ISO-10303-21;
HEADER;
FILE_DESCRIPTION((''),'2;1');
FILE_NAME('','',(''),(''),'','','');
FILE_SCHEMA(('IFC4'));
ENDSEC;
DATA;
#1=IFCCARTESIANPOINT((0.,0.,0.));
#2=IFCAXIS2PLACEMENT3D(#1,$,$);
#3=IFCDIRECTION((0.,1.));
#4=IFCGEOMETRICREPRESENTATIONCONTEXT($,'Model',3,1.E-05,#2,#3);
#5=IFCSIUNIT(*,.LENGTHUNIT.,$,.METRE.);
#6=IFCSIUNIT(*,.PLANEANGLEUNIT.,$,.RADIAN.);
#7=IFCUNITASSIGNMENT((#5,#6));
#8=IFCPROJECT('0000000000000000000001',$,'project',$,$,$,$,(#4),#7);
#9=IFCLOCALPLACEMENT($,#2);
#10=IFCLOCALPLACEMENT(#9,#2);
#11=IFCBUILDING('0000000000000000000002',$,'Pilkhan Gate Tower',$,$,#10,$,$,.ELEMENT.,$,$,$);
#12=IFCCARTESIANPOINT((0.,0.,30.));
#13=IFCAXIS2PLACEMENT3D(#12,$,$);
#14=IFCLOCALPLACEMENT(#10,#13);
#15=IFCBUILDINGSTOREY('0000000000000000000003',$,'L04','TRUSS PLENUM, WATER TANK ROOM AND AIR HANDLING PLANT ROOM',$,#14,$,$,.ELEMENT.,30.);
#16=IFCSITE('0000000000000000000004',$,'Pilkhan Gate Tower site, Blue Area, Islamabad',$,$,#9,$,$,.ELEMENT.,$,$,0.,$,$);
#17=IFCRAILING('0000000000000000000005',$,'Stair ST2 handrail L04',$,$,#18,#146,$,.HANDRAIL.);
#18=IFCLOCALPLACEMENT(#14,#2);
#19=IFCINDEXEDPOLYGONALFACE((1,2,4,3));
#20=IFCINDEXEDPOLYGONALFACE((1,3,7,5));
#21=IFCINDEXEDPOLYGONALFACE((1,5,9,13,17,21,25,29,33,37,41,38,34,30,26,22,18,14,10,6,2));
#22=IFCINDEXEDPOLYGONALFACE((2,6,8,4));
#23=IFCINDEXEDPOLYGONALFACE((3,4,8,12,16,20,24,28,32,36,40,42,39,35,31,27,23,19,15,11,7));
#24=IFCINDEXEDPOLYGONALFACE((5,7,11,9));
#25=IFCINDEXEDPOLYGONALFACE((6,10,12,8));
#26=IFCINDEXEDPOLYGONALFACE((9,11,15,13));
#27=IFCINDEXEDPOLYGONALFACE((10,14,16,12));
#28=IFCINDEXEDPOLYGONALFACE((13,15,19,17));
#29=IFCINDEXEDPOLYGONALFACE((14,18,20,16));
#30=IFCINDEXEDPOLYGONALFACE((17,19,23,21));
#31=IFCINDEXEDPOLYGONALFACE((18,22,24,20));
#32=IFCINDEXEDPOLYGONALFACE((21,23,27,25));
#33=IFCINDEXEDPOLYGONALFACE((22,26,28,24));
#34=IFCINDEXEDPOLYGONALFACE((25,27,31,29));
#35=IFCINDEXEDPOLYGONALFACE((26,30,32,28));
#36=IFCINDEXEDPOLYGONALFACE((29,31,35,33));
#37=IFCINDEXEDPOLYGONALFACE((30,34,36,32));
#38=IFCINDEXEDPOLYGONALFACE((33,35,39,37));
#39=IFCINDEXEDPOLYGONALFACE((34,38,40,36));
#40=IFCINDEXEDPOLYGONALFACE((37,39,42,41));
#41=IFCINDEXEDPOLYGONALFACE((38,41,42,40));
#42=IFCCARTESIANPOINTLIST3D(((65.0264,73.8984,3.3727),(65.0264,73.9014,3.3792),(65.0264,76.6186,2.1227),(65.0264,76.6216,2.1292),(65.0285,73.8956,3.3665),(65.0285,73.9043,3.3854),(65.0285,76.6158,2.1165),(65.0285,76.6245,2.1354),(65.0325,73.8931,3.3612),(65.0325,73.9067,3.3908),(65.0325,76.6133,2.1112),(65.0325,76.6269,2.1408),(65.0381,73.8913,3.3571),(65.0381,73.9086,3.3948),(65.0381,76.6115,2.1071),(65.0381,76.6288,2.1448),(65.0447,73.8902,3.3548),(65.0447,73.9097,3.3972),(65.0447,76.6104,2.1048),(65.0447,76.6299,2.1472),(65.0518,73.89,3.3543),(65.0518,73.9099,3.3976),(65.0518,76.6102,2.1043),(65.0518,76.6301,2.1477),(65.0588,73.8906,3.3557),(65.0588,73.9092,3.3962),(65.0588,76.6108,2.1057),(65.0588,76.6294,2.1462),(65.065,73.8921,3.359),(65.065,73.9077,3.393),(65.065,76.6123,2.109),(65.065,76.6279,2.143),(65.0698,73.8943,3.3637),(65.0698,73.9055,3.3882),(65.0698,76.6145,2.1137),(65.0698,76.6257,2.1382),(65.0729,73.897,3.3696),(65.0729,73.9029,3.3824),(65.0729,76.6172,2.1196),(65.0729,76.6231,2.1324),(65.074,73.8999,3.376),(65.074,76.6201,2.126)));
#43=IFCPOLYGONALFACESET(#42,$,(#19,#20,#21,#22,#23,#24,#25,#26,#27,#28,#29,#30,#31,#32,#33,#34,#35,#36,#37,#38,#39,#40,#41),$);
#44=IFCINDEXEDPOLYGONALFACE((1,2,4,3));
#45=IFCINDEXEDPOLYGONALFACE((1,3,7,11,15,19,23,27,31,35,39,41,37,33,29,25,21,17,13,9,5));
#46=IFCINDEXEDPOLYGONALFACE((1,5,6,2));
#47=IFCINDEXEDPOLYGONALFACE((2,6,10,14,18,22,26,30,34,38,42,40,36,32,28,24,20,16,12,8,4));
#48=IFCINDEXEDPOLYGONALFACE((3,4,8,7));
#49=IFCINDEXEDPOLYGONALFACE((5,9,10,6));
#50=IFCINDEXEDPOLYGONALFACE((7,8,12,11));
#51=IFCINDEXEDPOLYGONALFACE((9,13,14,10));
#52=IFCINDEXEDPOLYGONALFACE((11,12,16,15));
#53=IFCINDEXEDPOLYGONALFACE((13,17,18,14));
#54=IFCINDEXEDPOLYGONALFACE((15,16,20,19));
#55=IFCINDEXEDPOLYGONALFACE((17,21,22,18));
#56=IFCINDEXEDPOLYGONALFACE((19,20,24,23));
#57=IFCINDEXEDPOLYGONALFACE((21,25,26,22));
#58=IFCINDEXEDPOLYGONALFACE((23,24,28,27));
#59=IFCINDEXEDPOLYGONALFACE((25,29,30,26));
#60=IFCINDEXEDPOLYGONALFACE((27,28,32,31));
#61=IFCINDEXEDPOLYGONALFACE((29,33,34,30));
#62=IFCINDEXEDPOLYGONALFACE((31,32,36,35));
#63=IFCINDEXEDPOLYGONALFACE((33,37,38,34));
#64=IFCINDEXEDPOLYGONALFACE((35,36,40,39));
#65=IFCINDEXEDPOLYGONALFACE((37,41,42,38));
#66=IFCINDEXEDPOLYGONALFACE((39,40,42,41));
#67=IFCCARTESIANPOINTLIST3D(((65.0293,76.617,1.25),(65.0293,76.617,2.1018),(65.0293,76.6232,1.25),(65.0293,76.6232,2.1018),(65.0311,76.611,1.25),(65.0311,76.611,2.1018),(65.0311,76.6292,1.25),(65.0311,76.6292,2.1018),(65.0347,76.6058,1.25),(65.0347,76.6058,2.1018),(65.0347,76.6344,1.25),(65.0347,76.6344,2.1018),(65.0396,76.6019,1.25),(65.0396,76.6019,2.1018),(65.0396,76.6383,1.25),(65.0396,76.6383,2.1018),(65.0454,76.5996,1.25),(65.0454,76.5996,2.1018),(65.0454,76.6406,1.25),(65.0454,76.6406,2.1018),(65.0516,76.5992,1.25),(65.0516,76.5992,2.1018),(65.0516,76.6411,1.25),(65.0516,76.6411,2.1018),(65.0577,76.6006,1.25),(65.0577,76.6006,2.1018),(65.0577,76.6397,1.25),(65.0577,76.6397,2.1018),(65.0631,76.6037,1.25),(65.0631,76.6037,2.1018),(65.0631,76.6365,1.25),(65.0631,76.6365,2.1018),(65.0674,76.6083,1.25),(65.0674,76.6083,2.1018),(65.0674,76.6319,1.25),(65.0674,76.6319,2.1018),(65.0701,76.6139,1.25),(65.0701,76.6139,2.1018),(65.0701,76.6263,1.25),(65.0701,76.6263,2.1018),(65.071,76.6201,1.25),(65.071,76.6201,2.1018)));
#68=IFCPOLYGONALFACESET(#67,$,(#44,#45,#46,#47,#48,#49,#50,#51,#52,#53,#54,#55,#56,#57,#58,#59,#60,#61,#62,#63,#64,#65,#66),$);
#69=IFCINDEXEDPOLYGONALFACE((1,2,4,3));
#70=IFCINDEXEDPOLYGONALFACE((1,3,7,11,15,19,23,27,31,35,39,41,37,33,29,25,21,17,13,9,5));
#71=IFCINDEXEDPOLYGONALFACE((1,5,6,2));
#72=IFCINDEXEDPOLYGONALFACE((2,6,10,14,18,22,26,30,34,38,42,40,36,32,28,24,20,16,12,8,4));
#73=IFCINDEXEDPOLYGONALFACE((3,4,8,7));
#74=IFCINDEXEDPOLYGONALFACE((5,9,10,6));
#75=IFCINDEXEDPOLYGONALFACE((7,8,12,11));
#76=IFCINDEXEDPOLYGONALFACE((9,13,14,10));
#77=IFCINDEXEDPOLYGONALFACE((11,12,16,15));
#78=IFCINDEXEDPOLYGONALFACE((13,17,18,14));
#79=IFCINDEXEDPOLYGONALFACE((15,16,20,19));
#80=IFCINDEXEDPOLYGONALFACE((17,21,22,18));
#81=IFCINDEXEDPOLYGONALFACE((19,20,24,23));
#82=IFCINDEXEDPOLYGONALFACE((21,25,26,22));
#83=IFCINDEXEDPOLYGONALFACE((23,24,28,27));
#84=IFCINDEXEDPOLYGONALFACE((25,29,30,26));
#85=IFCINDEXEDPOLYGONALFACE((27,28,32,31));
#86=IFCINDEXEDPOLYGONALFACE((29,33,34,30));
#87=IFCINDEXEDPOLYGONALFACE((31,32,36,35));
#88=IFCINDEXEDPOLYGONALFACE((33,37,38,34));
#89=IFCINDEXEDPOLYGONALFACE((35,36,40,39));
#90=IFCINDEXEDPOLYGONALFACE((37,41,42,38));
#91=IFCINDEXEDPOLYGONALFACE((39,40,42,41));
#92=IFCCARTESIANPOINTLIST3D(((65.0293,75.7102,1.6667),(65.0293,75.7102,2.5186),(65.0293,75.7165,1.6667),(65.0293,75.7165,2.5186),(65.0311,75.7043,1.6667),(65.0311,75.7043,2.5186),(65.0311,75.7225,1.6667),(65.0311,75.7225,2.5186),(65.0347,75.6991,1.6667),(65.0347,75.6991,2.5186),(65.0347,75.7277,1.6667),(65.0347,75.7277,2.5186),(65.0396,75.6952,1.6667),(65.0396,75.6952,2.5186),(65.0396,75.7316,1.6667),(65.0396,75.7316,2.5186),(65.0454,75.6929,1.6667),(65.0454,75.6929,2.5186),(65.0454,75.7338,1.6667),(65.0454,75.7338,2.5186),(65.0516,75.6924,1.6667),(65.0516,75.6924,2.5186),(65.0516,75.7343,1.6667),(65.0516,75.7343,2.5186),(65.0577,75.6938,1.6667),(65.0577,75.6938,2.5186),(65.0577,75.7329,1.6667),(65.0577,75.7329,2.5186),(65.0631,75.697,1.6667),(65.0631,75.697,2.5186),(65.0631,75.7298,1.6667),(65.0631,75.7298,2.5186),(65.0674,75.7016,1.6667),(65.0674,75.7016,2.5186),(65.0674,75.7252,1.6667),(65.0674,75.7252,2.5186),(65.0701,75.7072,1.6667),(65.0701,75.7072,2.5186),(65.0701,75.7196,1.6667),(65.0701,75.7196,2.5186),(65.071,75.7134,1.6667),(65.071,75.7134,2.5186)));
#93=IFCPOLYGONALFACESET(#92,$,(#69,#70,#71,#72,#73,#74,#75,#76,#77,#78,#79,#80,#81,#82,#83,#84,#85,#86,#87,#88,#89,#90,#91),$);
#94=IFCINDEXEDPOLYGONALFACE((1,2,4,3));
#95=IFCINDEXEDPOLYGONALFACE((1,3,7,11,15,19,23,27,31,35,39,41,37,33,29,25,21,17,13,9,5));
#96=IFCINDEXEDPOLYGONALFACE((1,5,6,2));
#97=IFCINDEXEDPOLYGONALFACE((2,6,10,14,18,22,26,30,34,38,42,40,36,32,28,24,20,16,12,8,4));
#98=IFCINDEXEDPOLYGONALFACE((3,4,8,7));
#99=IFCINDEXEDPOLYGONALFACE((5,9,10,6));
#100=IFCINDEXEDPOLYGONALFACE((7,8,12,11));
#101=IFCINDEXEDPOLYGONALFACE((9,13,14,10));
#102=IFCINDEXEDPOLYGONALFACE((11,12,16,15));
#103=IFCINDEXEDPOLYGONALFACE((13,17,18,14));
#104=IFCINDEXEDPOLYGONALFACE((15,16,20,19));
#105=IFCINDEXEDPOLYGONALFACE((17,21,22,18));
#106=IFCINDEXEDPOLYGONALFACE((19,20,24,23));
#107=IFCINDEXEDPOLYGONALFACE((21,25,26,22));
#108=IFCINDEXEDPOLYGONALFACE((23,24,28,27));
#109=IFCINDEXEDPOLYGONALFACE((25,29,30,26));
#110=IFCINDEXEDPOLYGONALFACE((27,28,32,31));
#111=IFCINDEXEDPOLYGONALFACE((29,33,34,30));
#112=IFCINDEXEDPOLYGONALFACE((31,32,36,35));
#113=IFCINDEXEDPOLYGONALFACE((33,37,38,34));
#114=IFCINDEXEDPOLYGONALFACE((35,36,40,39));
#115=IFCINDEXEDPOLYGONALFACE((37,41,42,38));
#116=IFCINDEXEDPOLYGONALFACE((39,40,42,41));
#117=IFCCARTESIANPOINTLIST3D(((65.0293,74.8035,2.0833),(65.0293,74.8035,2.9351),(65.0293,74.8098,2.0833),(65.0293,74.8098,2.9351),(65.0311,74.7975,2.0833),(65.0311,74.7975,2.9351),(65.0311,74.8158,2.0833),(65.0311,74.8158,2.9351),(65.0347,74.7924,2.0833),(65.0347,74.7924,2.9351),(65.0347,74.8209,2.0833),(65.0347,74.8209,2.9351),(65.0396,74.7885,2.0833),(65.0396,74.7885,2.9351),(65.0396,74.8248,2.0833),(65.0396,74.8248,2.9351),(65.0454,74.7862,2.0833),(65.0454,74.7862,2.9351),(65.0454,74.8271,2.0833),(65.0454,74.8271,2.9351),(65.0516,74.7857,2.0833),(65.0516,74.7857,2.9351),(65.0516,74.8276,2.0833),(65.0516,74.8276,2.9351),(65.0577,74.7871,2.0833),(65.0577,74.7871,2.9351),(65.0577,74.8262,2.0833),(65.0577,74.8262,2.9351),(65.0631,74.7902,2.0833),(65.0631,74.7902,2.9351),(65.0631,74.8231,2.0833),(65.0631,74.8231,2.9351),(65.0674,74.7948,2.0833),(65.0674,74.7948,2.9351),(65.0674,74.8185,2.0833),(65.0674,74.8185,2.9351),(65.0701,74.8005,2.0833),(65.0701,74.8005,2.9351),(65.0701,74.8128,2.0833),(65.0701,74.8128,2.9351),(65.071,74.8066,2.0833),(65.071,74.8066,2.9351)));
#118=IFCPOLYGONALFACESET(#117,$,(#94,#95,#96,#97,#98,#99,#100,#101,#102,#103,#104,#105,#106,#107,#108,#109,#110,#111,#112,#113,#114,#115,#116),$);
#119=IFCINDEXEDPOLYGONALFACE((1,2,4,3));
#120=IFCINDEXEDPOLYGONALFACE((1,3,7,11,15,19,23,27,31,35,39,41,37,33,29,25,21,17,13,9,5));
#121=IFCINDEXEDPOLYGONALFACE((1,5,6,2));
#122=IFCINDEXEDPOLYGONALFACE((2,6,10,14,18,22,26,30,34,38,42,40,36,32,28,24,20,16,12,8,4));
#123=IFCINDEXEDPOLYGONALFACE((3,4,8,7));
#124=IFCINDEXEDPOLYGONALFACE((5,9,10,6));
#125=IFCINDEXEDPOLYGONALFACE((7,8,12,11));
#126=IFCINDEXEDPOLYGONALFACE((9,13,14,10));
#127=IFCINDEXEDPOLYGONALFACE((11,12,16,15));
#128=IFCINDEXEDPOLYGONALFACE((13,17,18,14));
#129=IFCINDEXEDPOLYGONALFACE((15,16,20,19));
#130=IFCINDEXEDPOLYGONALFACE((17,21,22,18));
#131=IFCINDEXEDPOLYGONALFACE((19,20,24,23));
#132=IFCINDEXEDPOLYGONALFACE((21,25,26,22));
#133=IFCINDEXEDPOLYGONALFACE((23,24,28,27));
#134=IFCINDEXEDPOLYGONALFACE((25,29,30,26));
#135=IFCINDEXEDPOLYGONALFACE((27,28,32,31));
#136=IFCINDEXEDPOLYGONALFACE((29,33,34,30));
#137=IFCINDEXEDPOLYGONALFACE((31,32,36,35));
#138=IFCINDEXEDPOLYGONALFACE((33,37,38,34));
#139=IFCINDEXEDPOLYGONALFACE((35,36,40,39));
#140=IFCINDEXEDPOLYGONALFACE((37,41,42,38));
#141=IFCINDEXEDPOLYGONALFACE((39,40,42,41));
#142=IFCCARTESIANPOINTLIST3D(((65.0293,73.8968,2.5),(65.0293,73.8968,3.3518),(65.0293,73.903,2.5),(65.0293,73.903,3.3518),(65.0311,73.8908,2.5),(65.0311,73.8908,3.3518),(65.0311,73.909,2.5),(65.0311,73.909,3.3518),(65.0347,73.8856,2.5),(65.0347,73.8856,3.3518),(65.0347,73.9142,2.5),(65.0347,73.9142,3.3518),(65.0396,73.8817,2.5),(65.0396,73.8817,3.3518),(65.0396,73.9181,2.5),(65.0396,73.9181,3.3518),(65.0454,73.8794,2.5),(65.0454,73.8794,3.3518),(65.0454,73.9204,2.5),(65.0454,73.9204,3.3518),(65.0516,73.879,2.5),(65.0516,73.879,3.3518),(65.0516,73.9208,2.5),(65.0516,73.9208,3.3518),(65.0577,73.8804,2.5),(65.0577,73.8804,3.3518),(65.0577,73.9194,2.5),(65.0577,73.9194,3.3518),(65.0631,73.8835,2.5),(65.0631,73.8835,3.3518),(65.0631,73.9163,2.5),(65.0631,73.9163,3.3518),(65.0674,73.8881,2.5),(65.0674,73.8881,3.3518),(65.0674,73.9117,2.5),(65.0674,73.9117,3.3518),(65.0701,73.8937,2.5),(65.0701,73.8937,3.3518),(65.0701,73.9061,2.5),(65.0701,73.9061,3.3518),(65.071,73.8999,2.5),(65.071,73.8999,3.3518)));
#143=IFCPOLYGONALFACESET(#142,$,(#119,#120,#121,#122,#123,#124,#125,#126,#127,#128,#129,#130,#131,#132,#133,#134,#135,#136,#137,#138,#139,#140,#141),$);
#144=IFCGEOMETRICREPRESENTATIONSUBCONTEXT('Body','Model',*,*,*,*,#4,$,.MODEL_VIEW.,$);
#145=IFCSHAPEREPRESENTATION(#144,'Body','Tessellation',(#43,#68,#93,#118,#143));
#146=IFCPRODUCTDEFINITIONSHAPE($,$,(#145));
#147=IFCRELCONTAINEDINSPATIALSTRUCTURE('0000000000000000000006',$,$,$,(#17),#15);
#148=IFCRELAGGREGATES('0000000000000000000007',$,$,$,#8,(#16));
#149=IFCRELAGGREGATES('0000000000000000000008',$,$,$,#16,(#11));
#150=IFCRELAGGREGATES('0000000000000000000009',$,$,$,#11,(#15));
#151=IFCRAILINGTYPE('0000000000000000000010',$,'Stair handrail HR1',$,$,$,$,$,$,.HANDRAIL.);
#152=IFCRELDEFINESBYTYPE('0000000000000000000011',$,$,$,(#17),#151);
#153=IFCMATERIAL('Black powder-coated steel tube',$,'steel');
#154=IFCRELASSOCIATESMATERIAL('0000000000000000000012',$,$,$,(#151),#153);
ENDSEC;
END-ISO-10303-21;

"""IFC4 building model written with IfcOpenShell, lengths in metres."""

from ifc_helpers import new_model, si_unit, direction, frame, origin, origin_2d, place, context, subcontext, project, spatial, circle, extrude, material, type_object, element, save


model = new_model("IFC4")

# Units and contexts
model_context = context("Model", 3, precision=1e-05, world=origin(), true_north=direction((0.0, 1.0)))
body_context = subcontext(model_context, "Body", "Model", "MODEL_VIEW")
ifc_project = project(units=[si_unit("LENGTHUNIT", "METRE"), si_unit("PLANEANGLEUNIT", "RADIAN")], contexts=[model_context])

# Site, building, storey
site_placement = place(None, origin())
site = spatial("IfcSite", under=ifc_project, at=site_placement, Name="Pilkhan Gate Tower site, Blue Area, Islamabad", CompositionType="ELEMENT", RefElevation=0.0)
building_placement = place(site_placement, origin())
building = spatial("IfcBuilding", under=site, at=building_placement, Name="Pilkhan Gate Tower", CompositionType="ELEMENT")
storey_placement = place(building_placement, frame((0.0, 0.0, 30.0)))
storey = spatial("IfcBuildingStorey", under=building, at=storey_placement, Name="L04", Description="TRUSS PLENUM, WATER TANK ROOM AND AIR HANDLING PLANT ROOM", CompositionType="ELEMENT", Elevation=30.0)

# Railing
ifc_material_1 = material(Name="Black powder-coated steel tube", Category="steel")
railing_type_1 = type_object("IfcRailingType", Name="Stair handrail HR1", PredefinedType="HANDRAIL", material=ifc_material_1)
railing_1_placement = place(storey_placement, frame((65.05, 76.6201, 1.25)))
element("IfcRailing", 1, at=railing_1_placement, inside=storey, type_object=railing_type_1, Name="Stair ST2 handrail L04", PredefinedType="HANDRAIL", context=body_context, shape_type="SweptSolid", body=[
    extrude(circle(Radius=0.0239, at=origin_2d()), frame((0.0, 0.0, 0.876), z_axis=(0.0, -0.908655, 0.417547), x_axis=(1.0, 0.0, 0.0)), (0.0, 0.0, 1.0), 2.9937),
    extrude(circle(Radius=0.021, at=origin_2d()), origin(), (0.0, 0.0, 1.0), 0.8518),
    extrude(circle(Radius=0.021, at=origin_2d()), frame((0.0, -0.9067, 0.4167)), (0.0, 0.0, 1.0), 0.8518),
    extrude(circle(Radius=0.021, at=origin_2d()), frame((0.0, -1.8135, 0.8333)), (0.0, 0.0, 1.0), 0.8518),
    extrude(circle(Radius=0.021, at=origin_2d()), frame((0.0, -2.7202, 1.25)), (0.0, 0.0, 1.0), 0.8518),
])

save(model, "model.ifc")
